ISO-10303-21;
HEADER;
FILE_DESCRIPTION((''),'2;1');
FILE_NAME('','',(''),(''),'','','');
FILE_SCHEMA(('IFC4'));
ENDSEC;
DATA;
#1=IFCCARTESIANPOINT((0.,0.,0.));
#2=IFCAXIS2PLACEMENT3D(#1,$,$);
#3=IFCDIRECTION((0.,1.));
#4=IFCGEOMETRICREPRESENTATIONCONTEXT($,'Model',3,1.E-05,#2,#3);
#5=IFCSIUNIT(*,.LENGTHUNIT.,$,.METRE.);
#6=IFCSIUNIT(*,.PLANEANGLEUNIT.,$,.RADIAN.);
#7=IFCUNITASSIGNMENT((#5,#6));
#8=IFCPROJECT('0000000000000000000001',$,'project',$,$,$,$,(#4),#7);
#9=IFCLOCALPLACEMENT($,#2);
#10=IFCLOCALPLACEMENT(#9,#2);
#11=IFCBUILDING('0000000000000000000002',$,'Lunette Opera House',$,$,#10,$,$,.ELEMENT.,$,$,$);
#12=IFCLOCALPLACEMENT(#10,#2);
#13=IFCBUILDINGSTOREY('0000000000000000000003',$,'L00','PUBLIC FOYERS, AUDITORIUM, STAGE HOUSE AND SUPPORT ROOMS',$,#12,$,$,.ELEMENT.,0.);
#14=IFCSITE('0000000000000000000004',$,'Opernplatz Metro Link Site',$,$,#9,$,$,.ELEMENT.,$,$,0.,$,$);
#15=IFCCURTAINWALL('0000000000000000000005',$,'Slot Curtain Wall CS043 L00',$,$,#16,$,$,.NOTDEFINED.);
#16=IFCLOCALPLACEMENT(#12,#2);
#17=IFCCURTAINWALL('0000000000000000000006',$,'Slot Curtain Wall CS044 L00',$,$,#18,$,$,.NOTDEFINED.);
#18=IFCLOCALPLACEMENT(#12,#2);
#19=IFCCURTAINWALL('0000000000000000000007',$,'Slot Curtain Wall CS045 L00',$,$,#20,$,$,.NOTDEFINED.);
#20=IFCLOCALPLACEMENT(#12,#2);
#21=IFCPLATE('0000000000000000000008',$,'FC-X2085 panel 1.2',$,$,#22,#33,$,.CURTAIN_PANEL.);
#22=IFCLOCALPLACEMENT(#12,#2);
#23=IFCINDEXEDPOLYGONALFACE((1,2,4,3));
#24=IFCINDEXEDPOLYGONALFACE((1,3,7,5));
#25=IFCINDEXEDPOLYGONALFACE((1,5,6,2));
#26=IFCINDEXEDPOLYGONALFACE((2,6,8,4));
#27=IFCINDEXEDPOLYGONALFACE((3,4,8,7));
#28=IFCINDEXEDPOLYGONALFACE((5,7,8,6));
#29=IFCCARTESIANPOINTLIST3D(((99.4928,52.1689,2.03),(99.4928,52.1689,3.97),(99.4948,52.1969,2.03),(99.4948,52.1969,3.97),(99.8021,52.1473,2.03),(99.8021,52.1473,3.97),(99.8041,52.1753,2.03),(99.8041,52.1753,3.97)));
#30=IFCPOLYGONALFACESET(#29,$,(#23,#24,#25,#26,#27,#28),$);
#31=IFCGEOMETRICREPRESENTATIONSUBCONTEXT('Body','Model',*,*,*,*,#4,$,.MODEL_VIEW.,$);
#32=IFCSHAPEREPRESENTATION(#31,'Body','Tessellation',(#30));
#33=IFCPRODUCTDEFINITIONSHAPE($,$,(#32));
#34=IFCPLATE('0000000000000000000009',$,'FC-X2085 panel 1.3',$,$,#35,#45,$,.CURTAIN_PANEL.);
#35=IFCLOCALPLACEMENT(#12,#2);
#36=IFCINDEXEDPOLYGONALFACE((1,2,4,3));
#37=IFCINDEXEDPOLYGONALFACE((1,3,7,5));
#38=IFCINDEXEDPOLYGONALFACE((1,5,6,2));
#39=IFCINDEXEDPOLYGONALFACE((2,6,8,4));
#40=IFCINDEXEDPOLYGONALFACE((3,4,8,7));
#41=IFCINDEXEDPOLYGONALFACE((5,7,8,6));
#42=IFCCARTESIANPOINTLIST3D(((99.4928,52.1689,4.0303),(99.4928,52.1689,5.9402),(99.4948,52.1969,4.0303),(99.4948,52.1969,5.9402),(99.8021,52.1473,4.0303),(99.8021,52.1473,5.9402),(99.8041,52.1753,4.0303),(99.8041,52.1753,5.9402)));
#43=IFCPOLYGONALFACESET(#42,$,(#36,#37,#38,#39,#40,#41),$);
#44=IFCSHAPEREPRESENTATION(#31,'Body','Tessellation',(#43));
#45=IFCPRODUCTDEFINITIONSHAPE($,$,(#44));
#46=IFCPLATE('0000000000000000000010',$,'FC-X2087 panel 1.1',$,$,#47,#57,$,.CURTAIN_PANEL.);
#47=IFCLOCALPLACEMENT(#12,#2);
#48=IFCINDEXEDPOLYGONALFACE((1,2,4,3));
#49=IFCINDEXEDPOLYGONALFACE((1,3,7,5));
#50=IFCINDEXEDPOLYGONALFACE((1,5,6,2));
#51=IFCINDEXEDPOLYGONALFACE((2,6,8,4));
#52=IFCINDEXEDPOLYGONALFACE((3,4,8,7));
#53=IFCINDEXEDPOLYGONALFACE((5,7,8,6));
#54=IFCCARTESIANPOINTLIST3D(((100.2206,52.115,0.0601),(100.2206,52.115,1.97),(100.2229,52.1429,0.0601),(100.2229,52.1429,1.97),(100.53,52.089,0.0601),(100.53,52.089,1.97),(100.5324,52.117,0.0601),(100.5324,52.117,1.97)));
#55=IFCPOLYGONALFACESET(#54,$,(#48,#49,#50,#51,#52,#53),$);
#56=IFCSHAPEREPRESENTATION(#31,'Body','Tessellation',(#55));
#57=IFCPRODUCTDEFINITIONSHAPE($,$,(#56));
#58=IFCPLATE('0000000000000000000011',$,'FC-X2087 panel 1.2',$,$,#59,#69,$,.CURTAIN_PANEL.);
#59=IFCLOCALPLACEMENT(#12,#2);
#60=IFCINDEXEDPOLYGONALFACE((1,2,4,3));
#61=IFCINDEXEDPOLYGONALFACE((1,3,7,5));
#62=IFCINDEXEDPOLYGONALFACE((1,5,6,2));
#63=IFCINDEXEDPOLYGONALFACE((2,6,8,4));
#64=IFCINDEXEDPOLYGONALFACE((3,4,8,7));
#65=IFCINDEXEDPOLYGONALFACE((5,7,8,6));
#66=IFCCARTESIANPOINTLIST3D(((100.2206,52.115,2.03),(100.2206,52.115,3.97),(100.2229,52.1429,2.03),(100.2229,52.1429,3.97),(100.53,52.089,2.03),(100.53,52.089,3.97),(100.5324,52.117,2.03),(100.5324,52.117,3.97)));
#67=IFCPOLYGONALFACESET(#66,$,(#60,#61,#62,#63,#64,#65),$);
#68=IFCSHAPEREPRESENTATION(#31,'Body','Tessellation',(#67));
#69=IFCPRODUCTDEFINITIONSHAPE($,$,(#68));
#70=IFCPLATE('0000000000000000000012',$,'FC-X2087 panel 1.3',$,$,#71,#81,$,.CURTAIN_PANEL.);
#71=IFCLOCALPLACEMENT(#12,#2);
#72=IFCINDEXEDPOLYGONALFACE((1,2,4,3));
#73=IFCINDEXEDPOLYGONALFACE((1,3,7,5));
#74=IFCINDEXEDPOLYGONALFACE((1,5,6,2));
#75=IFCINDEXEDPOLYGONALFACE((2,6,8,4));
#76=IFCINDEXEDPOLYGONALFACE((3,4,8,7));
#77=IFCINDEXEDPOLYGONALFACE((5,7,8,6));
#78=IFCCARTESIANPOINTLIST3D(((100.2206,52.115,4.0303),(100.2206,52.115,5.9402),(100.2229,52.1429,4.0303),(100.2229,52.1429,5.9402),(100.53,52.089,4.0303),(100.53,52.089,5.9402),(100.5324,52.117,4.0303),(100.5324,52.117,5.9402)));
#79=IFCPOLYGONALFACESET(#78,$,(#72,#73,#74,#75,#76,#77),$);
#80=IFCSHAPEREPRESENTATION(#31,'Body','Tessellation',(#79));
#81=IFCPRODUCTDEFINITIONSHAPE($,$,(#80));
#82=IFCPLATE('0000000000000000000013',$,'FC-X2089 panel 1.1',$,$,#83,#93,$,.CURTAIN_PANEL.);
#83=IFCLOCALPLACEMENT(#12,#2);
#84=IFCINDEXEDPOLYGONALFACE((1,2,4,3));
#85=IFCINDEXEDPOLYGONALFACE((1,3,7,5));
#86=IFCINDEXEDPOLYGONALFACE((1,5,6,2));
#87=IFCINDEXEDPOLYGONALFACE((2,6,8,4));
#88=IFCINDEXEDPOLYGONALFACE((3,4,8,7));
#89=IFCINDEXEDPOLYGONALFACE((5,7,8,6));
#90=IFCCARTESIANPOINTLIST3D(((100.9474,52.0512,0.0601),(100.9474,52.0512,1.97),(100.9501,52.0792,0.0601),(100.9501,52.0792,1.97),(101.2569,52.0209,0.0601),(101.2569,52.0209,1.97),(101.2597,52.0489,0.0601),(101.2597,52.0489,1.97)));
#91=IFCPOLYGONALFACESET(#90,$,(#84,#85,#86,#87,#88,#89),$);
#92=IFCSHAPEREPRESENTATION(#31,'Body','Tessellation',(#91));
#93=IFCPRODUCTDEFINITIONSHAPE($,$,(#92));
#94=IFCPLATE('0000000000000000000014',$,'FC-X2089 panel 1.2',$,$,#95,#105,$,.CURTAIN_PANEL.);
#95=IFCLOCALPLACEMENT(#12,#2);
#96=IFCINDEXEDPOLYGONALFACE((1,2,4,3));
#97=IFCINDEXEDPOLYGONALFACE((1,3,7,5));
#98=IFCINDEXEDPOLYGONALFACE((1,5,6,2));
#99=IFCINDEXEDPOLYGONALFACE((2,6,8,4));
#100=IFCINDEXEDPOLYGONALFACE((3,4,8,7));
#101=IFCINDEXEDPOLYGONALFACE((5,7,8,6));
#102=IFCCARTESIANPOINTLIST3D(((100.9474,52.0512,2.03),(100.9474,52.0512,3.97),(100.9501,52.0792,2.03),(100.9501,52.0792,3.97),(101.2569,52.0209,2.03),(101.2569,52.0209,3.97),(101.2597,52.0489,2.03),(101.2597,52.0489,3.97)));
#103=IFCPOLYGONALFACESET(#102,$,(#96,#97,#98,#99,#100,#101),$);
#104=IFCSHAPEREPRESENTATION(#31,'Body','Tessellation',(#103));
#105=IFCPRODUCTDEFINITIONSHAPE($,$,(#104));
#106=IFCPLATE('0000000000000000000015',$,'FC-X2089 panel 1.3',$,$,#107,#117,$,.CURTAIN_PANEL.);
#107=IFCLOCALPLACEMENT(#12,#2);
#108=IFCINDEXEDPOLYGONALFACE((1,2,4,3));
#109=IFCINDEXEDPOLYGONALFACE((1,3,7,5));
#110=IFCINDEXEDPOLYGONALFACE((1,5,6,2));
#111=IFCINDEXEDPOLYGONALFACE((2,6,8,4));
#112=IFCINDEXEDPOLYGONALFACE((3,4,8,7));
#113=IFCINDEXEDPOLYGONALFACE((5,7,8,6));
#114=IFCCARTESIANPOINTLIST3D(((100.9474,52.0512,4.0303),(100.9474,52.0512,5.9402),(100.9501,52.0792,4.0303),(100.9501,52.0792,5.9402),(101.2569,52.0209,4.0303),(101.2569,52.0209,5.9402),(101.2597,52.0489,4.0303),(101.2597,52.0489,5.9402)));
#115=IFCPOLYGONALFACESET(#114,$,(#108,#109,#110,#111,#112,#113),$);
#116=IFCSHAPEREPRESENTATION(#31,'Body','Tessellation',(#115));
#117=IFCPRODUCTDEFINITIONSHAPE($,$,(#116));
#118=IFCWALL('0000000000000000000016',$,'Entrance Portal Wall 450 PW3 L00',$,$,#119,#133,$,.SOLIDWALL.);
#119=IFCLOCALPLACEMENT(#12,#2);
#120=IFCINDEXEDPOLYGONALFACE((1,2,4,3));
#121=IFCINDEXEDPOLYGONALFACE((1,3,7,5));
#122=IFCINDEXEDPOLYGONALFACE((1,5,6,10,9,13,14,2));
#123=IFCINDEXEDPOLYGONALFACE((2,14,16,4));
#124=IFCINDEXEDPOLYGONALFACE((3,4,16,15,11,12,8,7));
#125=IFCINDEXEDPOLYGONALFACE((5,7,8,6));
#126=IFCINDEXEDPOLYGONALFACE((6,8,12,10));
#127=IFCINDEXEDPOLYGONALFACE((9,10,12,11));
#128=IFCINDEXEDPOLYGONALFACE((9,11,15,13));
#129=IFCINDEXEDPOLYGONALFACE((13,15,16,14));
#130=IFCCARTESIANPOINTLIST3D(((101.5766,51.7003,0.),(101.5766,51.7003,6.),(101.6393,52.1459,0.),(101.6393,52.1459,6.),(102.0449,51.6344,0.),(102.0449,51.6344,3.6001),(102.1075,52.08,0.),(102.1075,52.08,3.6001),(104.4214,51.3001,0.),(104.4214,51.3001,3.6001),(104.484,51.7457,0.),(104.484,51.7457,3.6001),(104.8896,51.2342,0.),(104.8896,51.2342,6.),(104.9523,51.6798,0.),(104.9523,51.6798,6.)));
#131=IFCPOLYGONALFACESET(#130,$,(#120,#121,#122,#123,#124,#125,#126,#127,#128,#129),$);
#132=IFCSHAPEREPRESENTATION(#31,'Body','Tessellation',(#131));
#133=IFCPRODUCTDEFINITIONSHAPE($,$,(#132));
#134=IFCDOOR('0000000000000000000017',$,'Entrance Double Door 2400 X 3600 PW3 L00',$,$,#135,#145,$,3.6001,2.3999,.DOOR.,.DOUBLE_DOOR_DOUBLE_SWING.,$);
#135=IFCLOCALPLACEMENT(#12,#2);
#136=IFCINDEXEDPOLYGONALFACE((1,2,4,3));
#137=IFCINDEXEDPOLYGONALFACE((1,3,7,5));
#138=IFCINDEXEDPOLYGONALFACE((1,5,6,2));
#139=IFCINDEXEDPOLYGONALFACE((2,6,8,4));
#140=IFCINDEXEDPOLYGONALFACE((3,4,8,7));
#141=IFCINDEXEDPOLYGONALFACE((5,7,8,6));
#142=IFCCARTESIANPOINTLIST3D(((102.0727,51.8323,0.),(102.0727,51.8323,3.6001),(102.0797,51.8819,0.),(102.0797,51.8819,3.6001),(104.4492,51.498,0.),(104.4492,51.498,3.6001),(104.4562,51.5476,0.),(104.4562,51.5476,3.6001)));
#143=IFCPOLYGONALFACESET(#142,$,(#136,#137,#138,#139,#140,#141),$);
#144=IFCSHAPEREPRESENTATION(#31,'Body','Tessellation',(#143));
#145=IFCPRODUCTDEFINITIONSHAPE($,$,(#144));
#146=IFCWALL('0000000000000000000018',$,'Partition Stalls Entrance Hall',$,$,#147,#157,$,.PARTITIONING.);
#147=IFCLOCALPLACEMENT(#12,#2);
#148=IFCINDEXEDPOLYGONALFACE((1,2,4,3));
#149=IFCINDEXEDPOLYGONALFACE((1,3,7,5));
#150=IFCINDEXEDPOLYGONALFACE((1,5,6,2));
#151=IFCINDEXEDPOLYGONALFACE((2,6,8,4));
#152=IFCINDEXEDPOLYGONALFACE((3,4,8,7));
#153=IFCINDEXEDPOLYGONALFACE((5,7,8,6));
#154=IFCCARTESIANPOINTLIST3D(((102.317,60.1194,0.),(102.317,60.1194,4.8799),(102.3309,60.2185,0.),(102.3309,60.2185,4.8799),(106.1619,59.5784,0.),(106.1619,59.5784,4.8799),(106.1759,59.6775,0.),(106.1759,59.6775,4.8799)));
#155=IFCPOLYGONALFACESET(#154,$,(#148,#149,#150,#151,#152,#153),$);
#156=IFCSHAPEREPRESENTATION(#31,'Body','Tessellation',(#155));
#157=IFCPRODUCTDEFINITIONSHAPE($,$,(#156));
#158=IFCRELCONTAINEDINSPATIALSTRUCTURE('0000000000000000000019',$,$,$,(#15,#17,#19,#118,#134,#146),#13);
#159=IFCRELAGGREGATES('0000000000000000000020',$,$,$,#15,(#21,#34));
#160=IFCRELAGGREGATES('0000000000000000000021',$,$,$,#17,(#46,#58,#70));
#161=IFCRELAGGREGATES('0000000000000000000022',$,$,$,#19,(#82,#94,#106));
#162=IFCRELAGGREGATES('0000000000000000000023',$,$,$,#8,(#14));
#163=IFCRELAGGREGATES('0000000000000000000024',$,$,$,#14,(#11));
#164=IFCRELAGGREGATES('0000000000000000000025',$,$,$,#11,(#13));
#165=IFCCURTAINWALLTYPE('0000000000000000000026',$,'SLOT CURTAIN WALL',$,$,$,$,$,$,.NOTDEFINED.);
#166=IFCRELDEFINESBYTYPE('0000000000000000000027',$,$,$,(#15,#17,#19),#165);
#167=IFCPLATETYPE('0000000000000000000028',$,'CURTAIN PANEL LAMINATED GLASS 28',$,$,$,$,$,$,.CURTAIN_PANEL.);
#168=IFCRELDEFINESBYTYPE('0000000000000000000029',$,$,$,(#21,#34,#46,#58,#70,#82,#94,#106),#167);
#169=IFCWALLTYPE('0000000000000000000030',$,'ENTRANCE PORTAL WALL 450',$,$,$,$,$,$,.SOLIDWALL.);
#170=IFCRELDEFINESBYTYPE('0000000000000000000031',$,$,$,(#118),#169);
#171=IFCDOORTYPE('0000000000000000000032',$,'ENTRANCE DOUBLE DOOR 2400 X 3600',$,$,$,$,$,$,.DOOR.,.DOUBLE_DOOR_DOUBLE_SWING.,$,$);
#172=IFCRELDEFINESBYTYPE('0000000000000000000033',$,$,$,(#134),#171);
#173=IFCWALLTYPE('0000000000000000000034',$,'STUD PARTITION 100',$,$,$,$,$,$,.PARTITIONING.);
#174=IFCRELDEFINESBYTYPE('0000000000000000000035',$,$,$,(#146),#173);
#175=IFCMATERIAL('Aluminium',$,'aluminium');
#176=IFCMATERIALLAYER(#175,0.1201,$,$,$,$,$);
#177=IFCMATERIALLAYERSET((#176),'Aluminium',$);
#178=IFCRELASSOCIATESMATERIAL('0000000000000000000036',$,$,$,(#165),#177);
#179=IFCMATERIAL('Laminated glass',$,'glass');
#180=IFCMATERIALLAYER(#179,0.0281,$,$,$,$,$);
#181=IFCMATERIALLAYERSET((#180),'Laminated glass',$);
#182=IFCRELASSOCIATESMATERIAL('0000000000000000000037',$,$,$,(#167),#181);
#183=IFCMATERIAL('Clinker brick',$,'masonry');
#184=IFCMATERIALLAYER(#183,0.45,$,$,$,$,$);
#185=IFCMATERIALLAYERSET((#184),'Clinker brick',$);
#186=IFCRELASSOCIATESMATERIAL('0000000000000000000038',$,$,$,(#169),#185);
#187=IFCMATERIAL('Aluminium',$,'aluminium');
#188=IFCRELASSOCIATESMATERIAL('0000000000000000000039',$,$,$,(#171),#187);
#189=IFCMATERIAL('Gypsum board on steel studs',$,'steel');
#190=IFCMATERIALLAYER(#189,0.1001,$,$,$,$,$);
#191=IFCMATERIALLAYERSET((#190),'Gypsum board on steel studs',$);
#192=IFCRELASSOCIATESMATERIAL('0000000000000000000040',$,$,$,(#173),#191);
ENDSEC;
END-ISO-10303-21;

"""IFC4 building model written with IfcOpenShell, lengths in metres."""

from ifc_helpers import new_model, si_unit, direction, frame, frame_2d, origin, origin_2d, place, context, subcontext, project, spatial, rectangle, extrude, material, layer, layer_set, type_object, element, fill, aggregate, save


model = new_model("IFC4")

# Units and contexts
model_context = context("Model", 3, precision=1e-05, world=origin(), true_north=direction((0.0, 1.0)))
body_context = subcontext(model_context, "Body", "Model", "MODEL_VIEW")
ifc_project = project(units=[si_unit("LENGTHUNIT", "METRE"), si_unit("PLANEANGLEUNIT", "RADIAN")], contexts=[model_context])

# Site, building, storey
site_placement = place(None, origin())
site = spatial("IfcSite", under=ifc_project, at=site_placement, Name="Opernplatz Metro Link Site", CompositionType="ELEMENT", RefElevation=0.0)
building_placement = place(site_placement, origin())
building = spatial("IfcBuilding", under=site, at=building_placement, Name="Lunette Opera House", CompositionType="ELEMENT")
storey_placement = place(building_placement, origin())
storey = spatial("IfcBuildingStorey", under=building, at=storey_placement, Name="L00", Description="PUBLIC FOYERS, AUDITORIUM, STAGE HOUSE AND SUPPORT ROOMS", CompositionType="ELEMENT", Elevation=0.0)

# Curtain wall
ifc_material_1 = material(Name="Aluminium", Category="aluminium")
ifc_layer_1 = layer(ifc_material_1, 0.1201)
ifc_layer_set_1 = layer_set([ifc_layer_1], Name="Aluminium")
curtain_wall_type = type_object("IfcCurtainWallType", Name="SLOT CURTAIN WALL", PredefinedType="NOTDEFINED", material=ifc_layer_set_1)
curtain_wall_1_placement = place(storey_placement, origin())
curtain_wall_1 = element("IfcCurtainWall", 1, at=curtain_wall_1_placement, inside=storey, type_object=curtain_wall_type, Name="Slot Curtain Wall CS043 L00", PredefinedType="NOTDEFINED")

# Curtain walls
curtain_wall_2_placement = place(storey_placement, origin())
curtain_wall_2 = element("IfcCurtainWall", 2, at=curtain_wall_2_placement, inside=storey, type_object=curtain_wall_type, Name="Slot Curtain Wall CS044 L00", PredefinedType="NOTDEFINED")
curtain_wall_3_placement = place(storey_placement, origin())
curtain_wall_3 = element("IfcCurtainWall", 3, at=curtain_wall_3_placement, inside=storey, type_object=curtain_wall_type, Name="Slot Curtain Wall CS045 L00", PredefinedType="NOTDEFINED")

# Plates
ifc_material_2 = material(Name="Laminated glass", Category="glass")
ifc_layer_2 = layer(ifc_material_2, 0.0281)
ifc_layer_set_2 = layer_set([ifc_layer_2], Name="Laminated glass")
plate_type = type_object("IfcPlateType", Name="CURTAIN PANEL LAMINATED GLASS 28", PredefinedType="CURTAIN_PANEL", material=ifc_layer_set_2)
plate_1_placement = place(storey_placement, frame((99.6484, 52.1721, 2.03), z_axis=(0.0, 0.0, 1.0), x_axis=(0.997564, -0.06976, 0.0)))
plate_1 = element("IfcPlate", 4, at=plate_1_placement, type_object=plate_type, Name="FC-X2085 panel 1.2", PredefinedType="CURTAIN_PANEL", context=body_context, shape_type="SweptSolid", body=[
    extrude(rectangle(XDim=0.3101, YDim=0.0281, at=origin_2d()), origin(), (0.0, 0.0, 1.0), 1.9399),
])
plate_2_placement = place(storey_placement, frame((99.6484, 52.1721, 4.0303), z_axis=(0.0, 0.0, 1.0), x_axis=(0.997564, -0.06976, 0.0)))
plate_2 = element("IfcPlate", 5, at=plate_2_placement, type_object=plate_type, Name="FC-X2085 panel 1.3", PredefinedType="CURTAIN_PANEL", context=body_context, shape_type="SweptSolid", body=[
    extrude(rectangle(XDim=0.3101, YDim=0.0281, at=origin_2d()), origin(), (0.0, 0.0, 1.0), 1.9099),
])
aggregate(curtain_wall_1, [plate_1, plate_2])
plate_3_placement = place(storey_placement, frame((100.3765, 52.116, 0.0601), z_axis=(0.0, 0.0, 1.0), x_axis=(0.996498, -0.083622, 0.0)))
plate_3 = element("IfcPlate", 6, at=plate_3_placement, type_object=plate_type, Name="FC-X2087 panel 1.1", PredefinedType="CURTAIN_PANEL", context=body_context, shape_type="SweptSolid", body=[
    extrude(rectangle(XDim=0.3105, YDim=0.0281, at=origin_2d()), origin(), (0.0, 0.0, 1.0), 1.9099),
])
plate_4_placement = place(storey_placement, frame((100.3765, 52.116, 2.03), z_axis=(0.0, 0.0, 1.0), x_axis=(0.996498, -0.083622, 0.0)))
plate_4 = element("IfcPlate", 7, at=plate_4_placement, type_object=plate_type, Name="FC-X2087 panel 1.2", PredefinedType="CURTAIN_PANEL", context=body_context, shape_type="SweptSolid", body=[
    extrude(rectangle(XDim=0.3105, YDim=0.0281, at=origin_2d()), origin(), (0.0, 0.0, 1.0), 1.9399),
])
plate_5_placement = place(storey_placement, frame((100.3765, 52.116, 4.0303), z_axis=(0.0, 0.0, 1.0), x_axis=(0.996498, -0.083622, 0.0)))
plate_5 = element("IfcPlate", 8, at=plate_5_placement, type_object=plate_type, Name="FC-X2087 panel 1.3", PredefinedType="CURTAIN_PANEL", context=body_context, shape_type="SweptSolid", body=[
    extrude(rectangle(XDim=0.3105, YDim=0.0281, at=origin_2d()), origin(), (0.0, 0.0, 1.0), 1.9099),
])
aggregate(curtain_wall_2, [plate_3, plate_4, plate_5])
plate_6_placement = place(storey_placement, frame((101.1035, 52.05, 0.0601), z_axis=(0.0, 0.0, 1.0), x_axis=(0.995242, -0.097436, 0.0)))
plate_6 = element("IfcPlate", 9, at=plate_6_placement, type_object=plate_type, Name="FC-X2089 panel 1.1", PredefinedType="CURTAIN_PANEL", context=body_context, shape_type="SweptSolid", body=[
    extrude(rectangle(XDim=0.311, YDim=0.0281, at=origin_2d()), origin(), (0.0, 0.0, 1.0), 1.9099),
])
plate_7_placement = place(storey_placement, frame((101.1035, 52.05, 2.03), z_axis=(0.0, 0.0, 1.0), x_axis=(0.995242, -0.097436, 0.0)))
plate_7 = element("IfcPlate", 10, at=plate_7_placement, type_object=plate_type, Name="FC-X2089 panel 1.2", PredefinedType="CURTAIN_PANEL", context=body_context, shape_type="SweptSolid", body=[
    extrude(rectangle(XDim=0.311, YDim=0.0281, at=origin_2d()), origin(), (0.0, 0.0, 1.0), 1.9399),
])
plate_8_placement = place(storey_placement, frame((101.1035, 52.05, 4.0303), z_axis=(0.0, 0.0, 1.0), x_axis=(0.995242, -0.097436, 0.0)))
plate_8 = element("IfcPlate", 11, at=plate_8_placement, type_object=plate_type, Name="FC-X2089 panel 1.3", PredefinedType="CURTAIN_PANEL", context=body_context, shape_type="SweptSolid", body=[
    extrude(rectangle(XDim=0.311, YDim=0.0281, at=origin_2d()), origin(), (0.0, 0.0, 1.0), 1.9099),
])
aggregate(curtain_wall_3, [plate_6, plate_7, plate_8])

# Wall, opening, door
ifc_material_3 = material(Name="Clinker brick", Category="masonry")
ifc_layer_3 = layer(ifc_material_3, 0.45)
ifc_layer_set_3 = layer_set([ifc_layer_3], Name="Clinker brick")
wall_type_1 = type_object("IfcWallType", Name="ENTRANCE PORTAL WALL 450", PredefinedType="SOLIDWALL", material=ifc_layer_set_3)
wall_1_placement = place(storey_placement, frame((101.6079, 51.9231, 0.0), z_axis=(0.0, 0.0, 1.0), x_axis=(0.990249, -0.139306, 0.0)))
wall_1 = element("IfcWall", 12, at=wall_1_placement, inside=storey, type_object=wall_type_1, Name="Entrance Portal Wall 450 PW3 L00", PredefinedType="SOLIDWALL", context=body_context, shape_type="SweptSolid", body=[
    extrude(rectangle(XDim=3.3457, YDim=0.45, at=frame_2d((1.6729, 0.0))), origin(), (0.0, 0.0, 1.0), 6.0),
])
opening_placement = place(wall_1_placement, frame((0.4729, 0.0, 0.0)))
opening = element("IfcOpeningElement", 13, at=opening_placement, cuts=wall_1, PredefinedType="OPENING", context=body_context, shape_type="SweptSolid", body=[
    extrude(rectangle(XDim=2.3999, YDim=3.6001, at=frame_2d((1.2, 1.8))), frame((0.0, 0.2371, 0.0), z_axis=(0.0, -1.0, 0.0), x_axis=(1.0, 0.0, 0.0)), (0.0, 0.0, 1.0), 0.4739),
])
ifc_material_4 = material(Name="Aluminium", Category="aluminium")
door_type = type_object("IfcDoorType", Name="ENTRANCE DOUBLE DOOR 2400 X 3600", OperationType="DOUBLE_DOOR_DOUBLE_SWING", PredefinedType="DOOR", material=ifc_material_4)
door_placement = place(opening_placement, origin())
door = element("IfcDoor", 14, at=door_placement, inside=storey, type_object=door_type, Name="Entrance Double Door 2400 X 3600 PW3 L00", OperationType="DOUBLE_DOOR_DOUBLE_SWING", OverallHeight=3.6001, OverallWidth=2.3999, PredefinedType="DOOR", context=body_context, shape_type="SweptSolid", body=[
    extrude(rectangle(XDim=2.3999, YDim=3.6001, at=frame_2d((1.2, 1.8))), frame((0.0, 0.0249, 0.0), z_axis=(0.0, -1.0, 0.0), x_axis=(1.0, 0.0, 0.0)), (0.0, 0.0, 1.0), 0.05),
])
fill(opening, door)

# Wall
ifc_material_5 = material(Name="Gypsum board on steel studs", Category="steel")
ifc_layer_4 = layer(ifc_material_5, 0.1001)
ifc_layer_set_4 = layer_set([ifc_layer_4], Name="Gypsum board on steel studs")
wall_type_2 = type_object("IfcWallType", Name="STUD PARTITION 100", PredefinedType="PARTITIONING", material=ifc_layer_set_4)
wall_2_placement = place(storey_placement, frame((102.324, 60.1689, 0.0), z_axis=(0.0, 0.0, 1.0), x_axis=(0.990245, -0.139335, 0.0)))
element("IfcWall", 15, at=wall_2_placement, inside=storey, type_object=wall_type_2, Name="Partition Stalls Entrance Hall", PredefinedType="PARTITIONING", context=body_context, shape_type="SweptSolid", body=[
    extrude(rectangle(XDim=3.8828, YDim=0.1001, at=frame_2d((1.9414, 0.0))), origin(), (0.0, 0.0, 1.0), 4.8799),
])

save(model, "model.ifc")
